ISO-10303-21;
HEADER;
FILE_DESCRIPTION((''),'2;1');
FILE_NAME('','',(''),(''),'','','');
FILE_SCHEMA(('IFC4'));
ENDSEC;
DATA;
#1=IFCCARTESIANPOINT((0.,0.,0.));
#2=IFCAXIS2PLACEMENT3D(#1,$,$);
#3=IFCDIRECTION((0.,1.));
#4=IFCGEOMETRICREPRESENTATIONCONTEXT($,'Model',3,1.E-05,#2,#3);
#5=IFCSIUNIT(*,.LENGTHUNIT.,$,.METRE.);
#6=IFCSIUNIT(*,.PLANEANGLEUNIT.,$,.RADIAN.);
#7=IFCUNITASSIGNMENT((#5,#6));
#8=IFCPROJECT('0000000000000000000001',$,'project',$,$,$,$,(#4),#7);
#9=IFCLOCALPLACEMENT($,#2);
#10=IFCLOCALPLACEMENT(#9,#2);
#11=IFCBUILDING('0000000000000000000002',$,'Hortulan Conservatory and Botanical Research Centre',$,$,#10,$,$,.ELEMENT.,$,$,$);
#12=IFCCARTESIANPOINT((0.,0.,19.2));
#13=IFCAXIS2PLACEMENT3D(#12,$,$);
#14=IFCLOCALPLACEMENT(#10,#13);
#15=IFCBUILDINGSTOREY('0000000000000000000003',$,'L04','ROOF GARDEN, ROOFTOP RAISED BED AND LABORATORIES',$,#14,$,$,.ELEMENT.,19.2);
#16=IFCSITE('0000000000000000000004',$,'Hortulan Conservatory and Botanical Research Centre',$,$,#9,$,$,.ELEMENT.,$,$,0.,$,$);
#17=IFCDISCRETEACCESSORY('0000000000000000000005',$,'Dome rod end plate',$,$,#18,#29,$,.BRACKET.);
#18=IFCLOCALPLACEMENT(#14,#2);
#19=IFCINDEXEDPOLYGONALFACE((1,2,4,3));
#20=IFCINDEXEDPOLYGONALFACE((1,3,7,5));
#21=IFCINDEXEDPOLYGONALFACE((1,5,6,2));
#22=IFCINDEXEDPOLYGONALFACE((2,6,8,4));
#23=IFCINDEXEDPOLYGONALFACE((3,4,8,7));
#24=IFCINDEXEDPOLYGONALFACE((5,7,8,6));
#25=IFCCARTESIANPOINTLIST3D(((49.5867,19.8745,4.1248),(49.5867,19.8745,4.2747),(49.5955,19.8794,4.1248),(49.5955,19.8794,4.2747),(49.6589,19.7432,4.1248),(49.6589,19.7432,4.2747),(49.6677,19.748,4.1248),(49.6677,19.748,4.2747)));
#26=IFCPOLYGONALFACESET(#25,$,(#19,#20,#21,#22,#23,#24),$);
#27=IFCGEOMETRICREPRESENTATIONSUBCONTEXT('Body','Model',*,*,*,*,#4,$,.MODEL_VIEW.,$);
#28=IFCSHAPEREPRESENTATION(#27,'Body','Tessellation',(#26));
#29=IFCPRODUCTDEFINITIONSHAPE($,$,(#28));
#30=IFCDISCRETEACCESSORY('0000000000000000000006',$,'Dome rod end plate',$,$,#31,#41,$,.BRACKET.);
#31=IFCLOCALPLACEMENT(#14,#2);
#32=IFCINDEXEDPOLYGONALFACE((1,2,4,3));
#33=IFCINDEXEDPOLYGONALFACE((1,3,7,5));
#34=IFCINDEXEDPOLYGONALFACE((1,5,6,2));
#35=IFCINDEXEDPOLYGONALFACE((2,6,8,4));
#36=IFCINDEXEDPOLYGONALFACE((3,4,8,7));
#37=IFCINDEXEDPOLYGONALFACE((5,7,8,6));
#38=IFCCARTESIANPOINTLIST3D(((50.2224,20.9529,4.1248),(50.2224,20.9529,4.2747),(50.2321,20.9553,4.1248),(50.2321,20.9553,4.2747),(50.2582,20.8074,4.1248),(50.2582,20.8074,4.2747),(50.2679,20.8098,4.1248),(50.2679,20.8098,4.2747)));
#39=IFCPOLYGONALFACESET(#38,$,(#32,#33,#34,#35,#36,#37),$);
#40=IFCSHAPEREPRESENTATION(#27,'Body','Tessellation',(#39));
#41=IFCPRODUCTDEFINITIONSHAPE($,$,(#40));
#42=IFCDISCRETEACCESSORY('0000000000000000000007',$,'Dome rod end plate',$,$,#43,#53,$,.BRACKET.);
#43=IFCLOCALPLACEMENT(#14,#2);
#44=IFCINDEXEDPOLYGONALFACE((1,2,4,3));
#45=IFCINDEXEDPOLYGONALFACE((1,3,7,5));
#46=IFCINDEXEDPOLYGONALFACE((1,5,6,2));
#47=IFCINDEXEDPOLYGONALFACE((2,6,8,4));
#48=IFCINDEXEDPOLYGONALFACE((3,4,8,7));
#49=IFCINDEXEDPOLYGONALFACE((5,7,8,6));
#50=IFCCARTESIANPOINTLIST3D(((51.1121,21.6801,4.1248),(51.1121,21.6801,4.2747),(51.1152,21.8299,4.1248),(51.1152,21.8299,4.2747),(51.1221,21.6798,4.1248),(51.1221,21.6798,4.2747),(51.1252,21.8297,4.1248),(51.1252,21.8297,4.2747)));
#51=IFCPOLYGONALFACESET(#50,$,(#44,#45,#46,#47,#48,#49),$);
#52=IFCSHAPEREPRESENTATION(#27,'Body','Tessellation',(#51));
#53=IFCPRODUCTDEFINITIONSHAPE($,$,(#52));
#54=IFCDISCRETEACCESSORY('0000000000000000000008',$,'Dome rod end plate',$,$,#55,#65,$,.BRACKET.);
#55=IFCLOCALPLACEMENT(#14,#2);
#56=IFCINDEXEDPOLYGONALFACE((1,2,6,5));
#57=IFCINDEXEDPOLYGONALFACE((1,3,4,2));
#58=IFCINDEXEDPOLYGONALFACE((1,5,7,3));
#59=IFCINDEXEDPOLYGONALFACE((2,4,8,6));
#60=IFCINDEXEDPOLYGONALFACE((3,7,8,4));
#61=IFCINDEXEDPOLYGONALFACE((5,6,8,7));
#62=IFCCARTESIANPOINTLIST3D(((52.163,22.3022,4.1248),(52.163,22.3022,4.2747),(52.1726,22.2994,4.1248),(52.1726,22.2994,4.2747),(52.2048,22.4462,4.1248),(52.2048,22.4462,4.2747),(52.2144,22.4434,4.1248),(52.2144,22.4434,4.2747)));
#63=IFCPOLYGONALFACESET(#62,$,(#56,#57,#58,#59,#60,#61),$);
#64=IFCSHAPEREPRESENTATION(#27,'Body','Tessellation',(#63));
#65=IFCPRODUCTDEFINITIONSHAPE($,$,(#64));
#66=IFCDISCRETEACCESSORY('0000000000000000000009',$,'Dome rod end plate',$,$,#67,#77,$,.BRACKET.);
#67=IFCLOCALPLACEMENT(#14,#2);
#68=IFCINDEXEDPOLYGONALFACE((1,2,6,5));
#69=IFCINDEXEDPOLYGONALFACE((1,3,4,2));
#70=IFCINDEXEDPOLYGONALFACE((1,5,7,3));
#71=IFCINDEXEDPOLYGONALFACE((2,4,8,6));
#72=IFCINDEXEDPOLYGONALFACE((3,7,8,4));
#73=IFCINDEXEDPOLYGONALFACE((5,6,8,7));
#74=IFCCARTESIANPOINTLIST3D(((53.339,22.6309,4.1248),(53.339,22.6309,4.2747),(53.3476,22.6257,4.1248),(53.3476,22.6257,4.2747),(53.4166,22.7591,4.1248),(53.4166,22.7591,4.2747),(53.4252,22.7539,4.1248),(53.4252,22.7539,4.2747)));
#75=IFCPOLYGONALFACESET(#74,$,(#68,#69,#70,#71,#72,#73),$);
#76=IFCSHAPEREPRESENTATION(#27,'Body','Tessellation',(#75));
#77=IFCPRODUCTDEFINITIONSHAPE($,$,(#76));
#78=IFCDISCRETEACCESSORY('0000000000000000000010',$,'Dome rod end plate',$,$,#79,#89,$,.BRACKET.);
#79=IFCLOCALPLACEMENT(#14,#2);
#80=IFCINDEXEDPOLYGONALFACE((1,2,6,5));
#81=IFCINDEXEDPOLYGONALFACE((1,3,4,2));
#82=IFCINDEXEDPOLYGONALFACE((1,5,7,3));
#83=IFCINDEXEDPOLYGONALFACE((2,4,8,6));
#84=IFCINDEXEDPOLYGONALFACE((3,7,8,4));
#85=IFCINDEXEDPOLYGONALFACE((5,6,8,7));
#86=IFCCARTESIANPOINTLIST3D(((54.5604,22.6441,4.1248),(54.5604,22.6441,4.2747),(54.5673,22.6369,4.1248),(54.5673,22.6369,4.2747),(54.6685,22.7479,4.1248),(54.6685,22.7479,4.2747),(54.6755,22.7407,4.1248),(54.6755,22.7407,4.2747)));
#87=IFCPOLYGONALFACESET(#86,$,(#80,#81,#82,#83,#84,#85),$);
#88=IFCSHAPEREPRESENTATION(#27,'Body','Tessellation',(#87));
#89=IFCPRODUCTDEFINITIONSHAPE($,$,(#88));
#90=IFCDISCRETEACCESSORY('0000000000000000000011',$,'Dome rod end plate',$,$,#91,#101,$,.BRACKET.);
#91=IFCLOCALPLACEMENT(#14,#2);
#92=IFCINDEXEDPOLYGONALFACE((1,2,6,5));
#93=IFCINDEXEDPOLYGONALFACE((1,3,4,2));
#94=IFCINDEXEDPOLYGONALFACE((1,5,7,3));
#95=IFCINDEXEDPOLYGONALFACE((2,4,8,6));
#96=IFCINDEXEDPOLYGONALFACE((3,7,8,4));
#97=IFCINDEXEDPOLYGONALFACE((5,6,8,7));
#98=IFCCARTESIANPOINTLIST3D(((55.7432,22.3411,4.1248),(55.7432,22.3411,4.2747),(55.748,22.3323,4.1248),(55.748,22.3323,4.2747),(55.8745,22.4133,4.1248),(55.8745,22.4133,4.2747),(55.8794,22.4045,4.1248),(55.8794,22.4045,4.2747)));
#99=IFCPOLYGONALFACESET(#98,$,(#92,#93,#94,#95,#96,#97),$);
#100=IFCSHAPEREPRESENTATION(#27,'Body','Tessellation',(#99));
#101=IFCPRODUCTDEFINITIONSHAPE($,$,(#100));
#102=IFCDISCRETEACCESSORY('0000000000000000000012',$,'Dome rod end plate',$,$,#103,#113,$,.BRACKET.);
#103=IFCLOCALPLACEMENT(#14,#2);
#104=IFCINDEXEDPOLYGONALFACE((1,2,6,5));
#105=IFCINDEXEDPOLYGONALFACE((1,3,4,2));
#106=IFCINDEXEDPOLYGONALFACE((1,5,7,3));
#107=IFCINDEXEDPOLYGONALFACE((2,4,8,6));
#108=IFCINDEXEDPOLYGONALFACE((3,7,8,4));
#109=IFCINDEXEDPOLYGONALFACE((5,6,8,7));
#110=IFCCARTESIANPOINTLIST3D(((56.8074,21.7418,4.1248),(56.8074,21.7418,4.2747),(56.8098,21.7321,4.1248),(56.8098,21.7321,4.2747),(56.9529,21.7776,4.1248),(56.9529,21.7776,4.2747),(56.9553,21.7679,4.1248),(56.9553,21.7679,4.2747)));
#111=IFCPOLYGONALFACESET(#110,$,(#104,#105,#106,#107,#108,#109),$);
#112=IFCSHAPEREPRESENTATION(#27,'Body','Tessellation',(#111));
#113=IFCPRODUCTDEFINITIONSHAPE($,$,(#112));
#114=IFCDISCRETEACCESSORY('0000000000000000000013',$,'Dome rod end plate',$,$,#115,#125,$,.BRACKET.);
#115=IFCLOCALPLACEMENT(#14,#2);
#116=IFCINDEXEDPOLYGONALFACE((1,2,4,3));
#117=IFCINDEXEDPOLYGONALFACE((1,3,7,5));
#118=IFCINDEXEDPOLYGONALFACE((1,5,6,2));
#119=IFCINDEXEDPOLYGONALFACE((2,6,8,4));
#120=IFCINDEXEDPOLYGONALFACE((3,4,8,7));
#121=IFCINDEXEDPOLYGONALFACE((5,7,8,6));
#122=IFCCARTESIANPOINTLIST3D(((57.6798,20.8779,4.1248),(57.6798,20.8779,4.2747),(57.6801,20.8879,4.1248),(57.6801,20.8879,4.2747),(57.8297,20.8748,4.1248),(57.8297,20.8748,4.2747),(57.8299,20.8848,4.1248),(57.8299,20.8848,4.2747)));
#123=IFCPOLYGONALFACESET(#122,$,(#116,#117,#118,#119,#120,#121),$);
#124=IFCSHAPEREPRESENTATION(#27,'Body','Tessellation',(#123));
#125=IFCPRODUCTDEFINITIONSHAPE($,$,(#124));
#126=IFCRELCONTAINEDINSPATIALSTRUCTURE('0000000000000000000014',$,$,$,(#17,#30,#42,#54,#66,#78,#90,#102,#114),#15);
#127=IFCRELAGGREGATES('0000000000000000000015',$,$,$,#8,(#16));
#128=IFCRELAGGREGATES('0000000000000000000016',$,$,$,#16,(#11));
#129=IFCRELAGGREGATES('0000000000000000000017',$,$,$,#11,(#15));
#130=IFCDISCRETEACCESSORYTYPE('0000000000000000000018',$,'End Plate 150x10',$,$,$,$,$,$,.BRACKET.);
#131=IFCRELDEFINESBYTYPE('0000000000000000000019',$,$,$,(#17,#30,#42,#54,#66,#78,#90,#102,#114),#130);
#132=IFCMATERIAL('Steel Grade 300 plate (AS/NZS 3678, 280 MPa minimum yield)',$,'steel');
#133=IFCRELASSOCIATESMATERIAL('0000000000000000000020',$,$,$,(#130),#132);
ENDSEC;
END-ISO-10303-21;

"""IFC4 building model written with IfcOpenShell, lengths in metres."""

from ifc_helpers import new_model, si_unit, direction, frame, origin, origin_2d, place, context, subcontext, project, spatial, rectangle, extrude, material, type_object, element, save


model = new_model("IFC4")

# Units and contexts
model_context = context("Model", 3, precision=1e-05, world=origin(), true_north=direction((0.0, 1.0)))
body_context = subcontext(model_context, "Body", "Model", "MODEL_VIEW")
ifc_project = project(units=[si_unit("LENGTHUNIT", "METRE"), si_unit("PLANEANGLEUNIT", "RADIAN")], contexts=[model_context])

# Site, building, storey
site_placement = place(None, origin())
site = spatial("IfcSite", under=ifc_project, at=site_placement, Name="Hortulan Conservatory and Botanical Research Centre", CompositionType="ELEMENT", RefElevation=0.0)
building_placement = place(site_placement, origin())
building = spatial("IfcBuilding", under=site, at=building_placement, Name="Hortulan Conservatory and Botanical Research Centre", CompositionType="ELEMENT")
storey_placement = place(building_placement, frame((0.0, 0.0, 19.2)))
storey = spatial("IfcBuildingStorey", under=building, at=storey_placement, Name="L04", Description="ROOF GARDEN, ROOFTOP RAISED BED AND LABORATORIES", CompositionType="ELEMENT", Elevation=19.2)

# Discrete accessories
ifc_material_1 = material(Name="Steel Grade 300 plate (AS/NZS 3678, 280 MPa minimum yield)", Category="steel")
discrete_accessory_type = type_object("IfcDiscreteAccessoryType", Name="End Plate 150x10", PredefinedType="BRACKET", material=ifc_material_1)
for number, where, z_axis, x_axis, name in (
    (1, (49.6272, 19.8113, 4.1248), (0.0, 0.0, 1.0), (0.481998, -0.876172, 0.0), "Dome rod end plate"),
    (2, (50.2451, 20.8813, 4.1248), (0.0, 0.0, 1.0), (0.238822, -0.971063, 0.0), "Dome rod end plate"),
    (3, (51.1187, 21.7549, 4.1248), (0.0, 0.0, 1.0), (0.020698, 0.999786, 0.0), "Dome rod end plate"),
    (4, (52.1887, 22.3728, 4.1248), (0.0, 0.0, 1.0), (0.278723, 0.960372, 0.0), "Dome rod end plate"),
    (5, (53.3821, 22.6924, 4.1248), (0.0, 0.0, 1.0), (0.517788, 0.855509, 0.0), "Dome rod end plate"),
    (6, (54.6179, 22.6924, 4.1248), (0.0, 0.0, 1.0), (0.721567, 0.692345, 0.0), "Dome rod end plate"),
    (7, (55.8113, 22.3728, 4.1248), (0.0, 0.0, 1.0), (0.876172, 0.481998, 0.0), "Dome rod end plate"),
    (8, (56.8813, 21.7549, 4.1248), (0.0, 0.0, 1.0), (0.971063, 0.238822, 0.0), "Dome rod end plate"),
    (9, (57.7549, 20.8813, 4.1248), (0.0, 0.0, 1.0), (0.999786, -0.020698, 0.0), "Dome rod end plate"),
):
    element("IfcDiscreteAccessory", number, at=place(storey_placement, frame(where, z_axis=z_axis, x_axis=x_axis)), inside=storey, type_object=discrete_accessory_type, Name=name, PredefinedType="BRACKET", context=body_context, shape_type="SweptSolid", body=[
        extrude(rectangle(XDim=0.1499, YDim=0.01, at=origin_2d()), origin(), (0.0, 0.0, 1.0), 0.1499),
    ])

save(model, "model.ifc")
